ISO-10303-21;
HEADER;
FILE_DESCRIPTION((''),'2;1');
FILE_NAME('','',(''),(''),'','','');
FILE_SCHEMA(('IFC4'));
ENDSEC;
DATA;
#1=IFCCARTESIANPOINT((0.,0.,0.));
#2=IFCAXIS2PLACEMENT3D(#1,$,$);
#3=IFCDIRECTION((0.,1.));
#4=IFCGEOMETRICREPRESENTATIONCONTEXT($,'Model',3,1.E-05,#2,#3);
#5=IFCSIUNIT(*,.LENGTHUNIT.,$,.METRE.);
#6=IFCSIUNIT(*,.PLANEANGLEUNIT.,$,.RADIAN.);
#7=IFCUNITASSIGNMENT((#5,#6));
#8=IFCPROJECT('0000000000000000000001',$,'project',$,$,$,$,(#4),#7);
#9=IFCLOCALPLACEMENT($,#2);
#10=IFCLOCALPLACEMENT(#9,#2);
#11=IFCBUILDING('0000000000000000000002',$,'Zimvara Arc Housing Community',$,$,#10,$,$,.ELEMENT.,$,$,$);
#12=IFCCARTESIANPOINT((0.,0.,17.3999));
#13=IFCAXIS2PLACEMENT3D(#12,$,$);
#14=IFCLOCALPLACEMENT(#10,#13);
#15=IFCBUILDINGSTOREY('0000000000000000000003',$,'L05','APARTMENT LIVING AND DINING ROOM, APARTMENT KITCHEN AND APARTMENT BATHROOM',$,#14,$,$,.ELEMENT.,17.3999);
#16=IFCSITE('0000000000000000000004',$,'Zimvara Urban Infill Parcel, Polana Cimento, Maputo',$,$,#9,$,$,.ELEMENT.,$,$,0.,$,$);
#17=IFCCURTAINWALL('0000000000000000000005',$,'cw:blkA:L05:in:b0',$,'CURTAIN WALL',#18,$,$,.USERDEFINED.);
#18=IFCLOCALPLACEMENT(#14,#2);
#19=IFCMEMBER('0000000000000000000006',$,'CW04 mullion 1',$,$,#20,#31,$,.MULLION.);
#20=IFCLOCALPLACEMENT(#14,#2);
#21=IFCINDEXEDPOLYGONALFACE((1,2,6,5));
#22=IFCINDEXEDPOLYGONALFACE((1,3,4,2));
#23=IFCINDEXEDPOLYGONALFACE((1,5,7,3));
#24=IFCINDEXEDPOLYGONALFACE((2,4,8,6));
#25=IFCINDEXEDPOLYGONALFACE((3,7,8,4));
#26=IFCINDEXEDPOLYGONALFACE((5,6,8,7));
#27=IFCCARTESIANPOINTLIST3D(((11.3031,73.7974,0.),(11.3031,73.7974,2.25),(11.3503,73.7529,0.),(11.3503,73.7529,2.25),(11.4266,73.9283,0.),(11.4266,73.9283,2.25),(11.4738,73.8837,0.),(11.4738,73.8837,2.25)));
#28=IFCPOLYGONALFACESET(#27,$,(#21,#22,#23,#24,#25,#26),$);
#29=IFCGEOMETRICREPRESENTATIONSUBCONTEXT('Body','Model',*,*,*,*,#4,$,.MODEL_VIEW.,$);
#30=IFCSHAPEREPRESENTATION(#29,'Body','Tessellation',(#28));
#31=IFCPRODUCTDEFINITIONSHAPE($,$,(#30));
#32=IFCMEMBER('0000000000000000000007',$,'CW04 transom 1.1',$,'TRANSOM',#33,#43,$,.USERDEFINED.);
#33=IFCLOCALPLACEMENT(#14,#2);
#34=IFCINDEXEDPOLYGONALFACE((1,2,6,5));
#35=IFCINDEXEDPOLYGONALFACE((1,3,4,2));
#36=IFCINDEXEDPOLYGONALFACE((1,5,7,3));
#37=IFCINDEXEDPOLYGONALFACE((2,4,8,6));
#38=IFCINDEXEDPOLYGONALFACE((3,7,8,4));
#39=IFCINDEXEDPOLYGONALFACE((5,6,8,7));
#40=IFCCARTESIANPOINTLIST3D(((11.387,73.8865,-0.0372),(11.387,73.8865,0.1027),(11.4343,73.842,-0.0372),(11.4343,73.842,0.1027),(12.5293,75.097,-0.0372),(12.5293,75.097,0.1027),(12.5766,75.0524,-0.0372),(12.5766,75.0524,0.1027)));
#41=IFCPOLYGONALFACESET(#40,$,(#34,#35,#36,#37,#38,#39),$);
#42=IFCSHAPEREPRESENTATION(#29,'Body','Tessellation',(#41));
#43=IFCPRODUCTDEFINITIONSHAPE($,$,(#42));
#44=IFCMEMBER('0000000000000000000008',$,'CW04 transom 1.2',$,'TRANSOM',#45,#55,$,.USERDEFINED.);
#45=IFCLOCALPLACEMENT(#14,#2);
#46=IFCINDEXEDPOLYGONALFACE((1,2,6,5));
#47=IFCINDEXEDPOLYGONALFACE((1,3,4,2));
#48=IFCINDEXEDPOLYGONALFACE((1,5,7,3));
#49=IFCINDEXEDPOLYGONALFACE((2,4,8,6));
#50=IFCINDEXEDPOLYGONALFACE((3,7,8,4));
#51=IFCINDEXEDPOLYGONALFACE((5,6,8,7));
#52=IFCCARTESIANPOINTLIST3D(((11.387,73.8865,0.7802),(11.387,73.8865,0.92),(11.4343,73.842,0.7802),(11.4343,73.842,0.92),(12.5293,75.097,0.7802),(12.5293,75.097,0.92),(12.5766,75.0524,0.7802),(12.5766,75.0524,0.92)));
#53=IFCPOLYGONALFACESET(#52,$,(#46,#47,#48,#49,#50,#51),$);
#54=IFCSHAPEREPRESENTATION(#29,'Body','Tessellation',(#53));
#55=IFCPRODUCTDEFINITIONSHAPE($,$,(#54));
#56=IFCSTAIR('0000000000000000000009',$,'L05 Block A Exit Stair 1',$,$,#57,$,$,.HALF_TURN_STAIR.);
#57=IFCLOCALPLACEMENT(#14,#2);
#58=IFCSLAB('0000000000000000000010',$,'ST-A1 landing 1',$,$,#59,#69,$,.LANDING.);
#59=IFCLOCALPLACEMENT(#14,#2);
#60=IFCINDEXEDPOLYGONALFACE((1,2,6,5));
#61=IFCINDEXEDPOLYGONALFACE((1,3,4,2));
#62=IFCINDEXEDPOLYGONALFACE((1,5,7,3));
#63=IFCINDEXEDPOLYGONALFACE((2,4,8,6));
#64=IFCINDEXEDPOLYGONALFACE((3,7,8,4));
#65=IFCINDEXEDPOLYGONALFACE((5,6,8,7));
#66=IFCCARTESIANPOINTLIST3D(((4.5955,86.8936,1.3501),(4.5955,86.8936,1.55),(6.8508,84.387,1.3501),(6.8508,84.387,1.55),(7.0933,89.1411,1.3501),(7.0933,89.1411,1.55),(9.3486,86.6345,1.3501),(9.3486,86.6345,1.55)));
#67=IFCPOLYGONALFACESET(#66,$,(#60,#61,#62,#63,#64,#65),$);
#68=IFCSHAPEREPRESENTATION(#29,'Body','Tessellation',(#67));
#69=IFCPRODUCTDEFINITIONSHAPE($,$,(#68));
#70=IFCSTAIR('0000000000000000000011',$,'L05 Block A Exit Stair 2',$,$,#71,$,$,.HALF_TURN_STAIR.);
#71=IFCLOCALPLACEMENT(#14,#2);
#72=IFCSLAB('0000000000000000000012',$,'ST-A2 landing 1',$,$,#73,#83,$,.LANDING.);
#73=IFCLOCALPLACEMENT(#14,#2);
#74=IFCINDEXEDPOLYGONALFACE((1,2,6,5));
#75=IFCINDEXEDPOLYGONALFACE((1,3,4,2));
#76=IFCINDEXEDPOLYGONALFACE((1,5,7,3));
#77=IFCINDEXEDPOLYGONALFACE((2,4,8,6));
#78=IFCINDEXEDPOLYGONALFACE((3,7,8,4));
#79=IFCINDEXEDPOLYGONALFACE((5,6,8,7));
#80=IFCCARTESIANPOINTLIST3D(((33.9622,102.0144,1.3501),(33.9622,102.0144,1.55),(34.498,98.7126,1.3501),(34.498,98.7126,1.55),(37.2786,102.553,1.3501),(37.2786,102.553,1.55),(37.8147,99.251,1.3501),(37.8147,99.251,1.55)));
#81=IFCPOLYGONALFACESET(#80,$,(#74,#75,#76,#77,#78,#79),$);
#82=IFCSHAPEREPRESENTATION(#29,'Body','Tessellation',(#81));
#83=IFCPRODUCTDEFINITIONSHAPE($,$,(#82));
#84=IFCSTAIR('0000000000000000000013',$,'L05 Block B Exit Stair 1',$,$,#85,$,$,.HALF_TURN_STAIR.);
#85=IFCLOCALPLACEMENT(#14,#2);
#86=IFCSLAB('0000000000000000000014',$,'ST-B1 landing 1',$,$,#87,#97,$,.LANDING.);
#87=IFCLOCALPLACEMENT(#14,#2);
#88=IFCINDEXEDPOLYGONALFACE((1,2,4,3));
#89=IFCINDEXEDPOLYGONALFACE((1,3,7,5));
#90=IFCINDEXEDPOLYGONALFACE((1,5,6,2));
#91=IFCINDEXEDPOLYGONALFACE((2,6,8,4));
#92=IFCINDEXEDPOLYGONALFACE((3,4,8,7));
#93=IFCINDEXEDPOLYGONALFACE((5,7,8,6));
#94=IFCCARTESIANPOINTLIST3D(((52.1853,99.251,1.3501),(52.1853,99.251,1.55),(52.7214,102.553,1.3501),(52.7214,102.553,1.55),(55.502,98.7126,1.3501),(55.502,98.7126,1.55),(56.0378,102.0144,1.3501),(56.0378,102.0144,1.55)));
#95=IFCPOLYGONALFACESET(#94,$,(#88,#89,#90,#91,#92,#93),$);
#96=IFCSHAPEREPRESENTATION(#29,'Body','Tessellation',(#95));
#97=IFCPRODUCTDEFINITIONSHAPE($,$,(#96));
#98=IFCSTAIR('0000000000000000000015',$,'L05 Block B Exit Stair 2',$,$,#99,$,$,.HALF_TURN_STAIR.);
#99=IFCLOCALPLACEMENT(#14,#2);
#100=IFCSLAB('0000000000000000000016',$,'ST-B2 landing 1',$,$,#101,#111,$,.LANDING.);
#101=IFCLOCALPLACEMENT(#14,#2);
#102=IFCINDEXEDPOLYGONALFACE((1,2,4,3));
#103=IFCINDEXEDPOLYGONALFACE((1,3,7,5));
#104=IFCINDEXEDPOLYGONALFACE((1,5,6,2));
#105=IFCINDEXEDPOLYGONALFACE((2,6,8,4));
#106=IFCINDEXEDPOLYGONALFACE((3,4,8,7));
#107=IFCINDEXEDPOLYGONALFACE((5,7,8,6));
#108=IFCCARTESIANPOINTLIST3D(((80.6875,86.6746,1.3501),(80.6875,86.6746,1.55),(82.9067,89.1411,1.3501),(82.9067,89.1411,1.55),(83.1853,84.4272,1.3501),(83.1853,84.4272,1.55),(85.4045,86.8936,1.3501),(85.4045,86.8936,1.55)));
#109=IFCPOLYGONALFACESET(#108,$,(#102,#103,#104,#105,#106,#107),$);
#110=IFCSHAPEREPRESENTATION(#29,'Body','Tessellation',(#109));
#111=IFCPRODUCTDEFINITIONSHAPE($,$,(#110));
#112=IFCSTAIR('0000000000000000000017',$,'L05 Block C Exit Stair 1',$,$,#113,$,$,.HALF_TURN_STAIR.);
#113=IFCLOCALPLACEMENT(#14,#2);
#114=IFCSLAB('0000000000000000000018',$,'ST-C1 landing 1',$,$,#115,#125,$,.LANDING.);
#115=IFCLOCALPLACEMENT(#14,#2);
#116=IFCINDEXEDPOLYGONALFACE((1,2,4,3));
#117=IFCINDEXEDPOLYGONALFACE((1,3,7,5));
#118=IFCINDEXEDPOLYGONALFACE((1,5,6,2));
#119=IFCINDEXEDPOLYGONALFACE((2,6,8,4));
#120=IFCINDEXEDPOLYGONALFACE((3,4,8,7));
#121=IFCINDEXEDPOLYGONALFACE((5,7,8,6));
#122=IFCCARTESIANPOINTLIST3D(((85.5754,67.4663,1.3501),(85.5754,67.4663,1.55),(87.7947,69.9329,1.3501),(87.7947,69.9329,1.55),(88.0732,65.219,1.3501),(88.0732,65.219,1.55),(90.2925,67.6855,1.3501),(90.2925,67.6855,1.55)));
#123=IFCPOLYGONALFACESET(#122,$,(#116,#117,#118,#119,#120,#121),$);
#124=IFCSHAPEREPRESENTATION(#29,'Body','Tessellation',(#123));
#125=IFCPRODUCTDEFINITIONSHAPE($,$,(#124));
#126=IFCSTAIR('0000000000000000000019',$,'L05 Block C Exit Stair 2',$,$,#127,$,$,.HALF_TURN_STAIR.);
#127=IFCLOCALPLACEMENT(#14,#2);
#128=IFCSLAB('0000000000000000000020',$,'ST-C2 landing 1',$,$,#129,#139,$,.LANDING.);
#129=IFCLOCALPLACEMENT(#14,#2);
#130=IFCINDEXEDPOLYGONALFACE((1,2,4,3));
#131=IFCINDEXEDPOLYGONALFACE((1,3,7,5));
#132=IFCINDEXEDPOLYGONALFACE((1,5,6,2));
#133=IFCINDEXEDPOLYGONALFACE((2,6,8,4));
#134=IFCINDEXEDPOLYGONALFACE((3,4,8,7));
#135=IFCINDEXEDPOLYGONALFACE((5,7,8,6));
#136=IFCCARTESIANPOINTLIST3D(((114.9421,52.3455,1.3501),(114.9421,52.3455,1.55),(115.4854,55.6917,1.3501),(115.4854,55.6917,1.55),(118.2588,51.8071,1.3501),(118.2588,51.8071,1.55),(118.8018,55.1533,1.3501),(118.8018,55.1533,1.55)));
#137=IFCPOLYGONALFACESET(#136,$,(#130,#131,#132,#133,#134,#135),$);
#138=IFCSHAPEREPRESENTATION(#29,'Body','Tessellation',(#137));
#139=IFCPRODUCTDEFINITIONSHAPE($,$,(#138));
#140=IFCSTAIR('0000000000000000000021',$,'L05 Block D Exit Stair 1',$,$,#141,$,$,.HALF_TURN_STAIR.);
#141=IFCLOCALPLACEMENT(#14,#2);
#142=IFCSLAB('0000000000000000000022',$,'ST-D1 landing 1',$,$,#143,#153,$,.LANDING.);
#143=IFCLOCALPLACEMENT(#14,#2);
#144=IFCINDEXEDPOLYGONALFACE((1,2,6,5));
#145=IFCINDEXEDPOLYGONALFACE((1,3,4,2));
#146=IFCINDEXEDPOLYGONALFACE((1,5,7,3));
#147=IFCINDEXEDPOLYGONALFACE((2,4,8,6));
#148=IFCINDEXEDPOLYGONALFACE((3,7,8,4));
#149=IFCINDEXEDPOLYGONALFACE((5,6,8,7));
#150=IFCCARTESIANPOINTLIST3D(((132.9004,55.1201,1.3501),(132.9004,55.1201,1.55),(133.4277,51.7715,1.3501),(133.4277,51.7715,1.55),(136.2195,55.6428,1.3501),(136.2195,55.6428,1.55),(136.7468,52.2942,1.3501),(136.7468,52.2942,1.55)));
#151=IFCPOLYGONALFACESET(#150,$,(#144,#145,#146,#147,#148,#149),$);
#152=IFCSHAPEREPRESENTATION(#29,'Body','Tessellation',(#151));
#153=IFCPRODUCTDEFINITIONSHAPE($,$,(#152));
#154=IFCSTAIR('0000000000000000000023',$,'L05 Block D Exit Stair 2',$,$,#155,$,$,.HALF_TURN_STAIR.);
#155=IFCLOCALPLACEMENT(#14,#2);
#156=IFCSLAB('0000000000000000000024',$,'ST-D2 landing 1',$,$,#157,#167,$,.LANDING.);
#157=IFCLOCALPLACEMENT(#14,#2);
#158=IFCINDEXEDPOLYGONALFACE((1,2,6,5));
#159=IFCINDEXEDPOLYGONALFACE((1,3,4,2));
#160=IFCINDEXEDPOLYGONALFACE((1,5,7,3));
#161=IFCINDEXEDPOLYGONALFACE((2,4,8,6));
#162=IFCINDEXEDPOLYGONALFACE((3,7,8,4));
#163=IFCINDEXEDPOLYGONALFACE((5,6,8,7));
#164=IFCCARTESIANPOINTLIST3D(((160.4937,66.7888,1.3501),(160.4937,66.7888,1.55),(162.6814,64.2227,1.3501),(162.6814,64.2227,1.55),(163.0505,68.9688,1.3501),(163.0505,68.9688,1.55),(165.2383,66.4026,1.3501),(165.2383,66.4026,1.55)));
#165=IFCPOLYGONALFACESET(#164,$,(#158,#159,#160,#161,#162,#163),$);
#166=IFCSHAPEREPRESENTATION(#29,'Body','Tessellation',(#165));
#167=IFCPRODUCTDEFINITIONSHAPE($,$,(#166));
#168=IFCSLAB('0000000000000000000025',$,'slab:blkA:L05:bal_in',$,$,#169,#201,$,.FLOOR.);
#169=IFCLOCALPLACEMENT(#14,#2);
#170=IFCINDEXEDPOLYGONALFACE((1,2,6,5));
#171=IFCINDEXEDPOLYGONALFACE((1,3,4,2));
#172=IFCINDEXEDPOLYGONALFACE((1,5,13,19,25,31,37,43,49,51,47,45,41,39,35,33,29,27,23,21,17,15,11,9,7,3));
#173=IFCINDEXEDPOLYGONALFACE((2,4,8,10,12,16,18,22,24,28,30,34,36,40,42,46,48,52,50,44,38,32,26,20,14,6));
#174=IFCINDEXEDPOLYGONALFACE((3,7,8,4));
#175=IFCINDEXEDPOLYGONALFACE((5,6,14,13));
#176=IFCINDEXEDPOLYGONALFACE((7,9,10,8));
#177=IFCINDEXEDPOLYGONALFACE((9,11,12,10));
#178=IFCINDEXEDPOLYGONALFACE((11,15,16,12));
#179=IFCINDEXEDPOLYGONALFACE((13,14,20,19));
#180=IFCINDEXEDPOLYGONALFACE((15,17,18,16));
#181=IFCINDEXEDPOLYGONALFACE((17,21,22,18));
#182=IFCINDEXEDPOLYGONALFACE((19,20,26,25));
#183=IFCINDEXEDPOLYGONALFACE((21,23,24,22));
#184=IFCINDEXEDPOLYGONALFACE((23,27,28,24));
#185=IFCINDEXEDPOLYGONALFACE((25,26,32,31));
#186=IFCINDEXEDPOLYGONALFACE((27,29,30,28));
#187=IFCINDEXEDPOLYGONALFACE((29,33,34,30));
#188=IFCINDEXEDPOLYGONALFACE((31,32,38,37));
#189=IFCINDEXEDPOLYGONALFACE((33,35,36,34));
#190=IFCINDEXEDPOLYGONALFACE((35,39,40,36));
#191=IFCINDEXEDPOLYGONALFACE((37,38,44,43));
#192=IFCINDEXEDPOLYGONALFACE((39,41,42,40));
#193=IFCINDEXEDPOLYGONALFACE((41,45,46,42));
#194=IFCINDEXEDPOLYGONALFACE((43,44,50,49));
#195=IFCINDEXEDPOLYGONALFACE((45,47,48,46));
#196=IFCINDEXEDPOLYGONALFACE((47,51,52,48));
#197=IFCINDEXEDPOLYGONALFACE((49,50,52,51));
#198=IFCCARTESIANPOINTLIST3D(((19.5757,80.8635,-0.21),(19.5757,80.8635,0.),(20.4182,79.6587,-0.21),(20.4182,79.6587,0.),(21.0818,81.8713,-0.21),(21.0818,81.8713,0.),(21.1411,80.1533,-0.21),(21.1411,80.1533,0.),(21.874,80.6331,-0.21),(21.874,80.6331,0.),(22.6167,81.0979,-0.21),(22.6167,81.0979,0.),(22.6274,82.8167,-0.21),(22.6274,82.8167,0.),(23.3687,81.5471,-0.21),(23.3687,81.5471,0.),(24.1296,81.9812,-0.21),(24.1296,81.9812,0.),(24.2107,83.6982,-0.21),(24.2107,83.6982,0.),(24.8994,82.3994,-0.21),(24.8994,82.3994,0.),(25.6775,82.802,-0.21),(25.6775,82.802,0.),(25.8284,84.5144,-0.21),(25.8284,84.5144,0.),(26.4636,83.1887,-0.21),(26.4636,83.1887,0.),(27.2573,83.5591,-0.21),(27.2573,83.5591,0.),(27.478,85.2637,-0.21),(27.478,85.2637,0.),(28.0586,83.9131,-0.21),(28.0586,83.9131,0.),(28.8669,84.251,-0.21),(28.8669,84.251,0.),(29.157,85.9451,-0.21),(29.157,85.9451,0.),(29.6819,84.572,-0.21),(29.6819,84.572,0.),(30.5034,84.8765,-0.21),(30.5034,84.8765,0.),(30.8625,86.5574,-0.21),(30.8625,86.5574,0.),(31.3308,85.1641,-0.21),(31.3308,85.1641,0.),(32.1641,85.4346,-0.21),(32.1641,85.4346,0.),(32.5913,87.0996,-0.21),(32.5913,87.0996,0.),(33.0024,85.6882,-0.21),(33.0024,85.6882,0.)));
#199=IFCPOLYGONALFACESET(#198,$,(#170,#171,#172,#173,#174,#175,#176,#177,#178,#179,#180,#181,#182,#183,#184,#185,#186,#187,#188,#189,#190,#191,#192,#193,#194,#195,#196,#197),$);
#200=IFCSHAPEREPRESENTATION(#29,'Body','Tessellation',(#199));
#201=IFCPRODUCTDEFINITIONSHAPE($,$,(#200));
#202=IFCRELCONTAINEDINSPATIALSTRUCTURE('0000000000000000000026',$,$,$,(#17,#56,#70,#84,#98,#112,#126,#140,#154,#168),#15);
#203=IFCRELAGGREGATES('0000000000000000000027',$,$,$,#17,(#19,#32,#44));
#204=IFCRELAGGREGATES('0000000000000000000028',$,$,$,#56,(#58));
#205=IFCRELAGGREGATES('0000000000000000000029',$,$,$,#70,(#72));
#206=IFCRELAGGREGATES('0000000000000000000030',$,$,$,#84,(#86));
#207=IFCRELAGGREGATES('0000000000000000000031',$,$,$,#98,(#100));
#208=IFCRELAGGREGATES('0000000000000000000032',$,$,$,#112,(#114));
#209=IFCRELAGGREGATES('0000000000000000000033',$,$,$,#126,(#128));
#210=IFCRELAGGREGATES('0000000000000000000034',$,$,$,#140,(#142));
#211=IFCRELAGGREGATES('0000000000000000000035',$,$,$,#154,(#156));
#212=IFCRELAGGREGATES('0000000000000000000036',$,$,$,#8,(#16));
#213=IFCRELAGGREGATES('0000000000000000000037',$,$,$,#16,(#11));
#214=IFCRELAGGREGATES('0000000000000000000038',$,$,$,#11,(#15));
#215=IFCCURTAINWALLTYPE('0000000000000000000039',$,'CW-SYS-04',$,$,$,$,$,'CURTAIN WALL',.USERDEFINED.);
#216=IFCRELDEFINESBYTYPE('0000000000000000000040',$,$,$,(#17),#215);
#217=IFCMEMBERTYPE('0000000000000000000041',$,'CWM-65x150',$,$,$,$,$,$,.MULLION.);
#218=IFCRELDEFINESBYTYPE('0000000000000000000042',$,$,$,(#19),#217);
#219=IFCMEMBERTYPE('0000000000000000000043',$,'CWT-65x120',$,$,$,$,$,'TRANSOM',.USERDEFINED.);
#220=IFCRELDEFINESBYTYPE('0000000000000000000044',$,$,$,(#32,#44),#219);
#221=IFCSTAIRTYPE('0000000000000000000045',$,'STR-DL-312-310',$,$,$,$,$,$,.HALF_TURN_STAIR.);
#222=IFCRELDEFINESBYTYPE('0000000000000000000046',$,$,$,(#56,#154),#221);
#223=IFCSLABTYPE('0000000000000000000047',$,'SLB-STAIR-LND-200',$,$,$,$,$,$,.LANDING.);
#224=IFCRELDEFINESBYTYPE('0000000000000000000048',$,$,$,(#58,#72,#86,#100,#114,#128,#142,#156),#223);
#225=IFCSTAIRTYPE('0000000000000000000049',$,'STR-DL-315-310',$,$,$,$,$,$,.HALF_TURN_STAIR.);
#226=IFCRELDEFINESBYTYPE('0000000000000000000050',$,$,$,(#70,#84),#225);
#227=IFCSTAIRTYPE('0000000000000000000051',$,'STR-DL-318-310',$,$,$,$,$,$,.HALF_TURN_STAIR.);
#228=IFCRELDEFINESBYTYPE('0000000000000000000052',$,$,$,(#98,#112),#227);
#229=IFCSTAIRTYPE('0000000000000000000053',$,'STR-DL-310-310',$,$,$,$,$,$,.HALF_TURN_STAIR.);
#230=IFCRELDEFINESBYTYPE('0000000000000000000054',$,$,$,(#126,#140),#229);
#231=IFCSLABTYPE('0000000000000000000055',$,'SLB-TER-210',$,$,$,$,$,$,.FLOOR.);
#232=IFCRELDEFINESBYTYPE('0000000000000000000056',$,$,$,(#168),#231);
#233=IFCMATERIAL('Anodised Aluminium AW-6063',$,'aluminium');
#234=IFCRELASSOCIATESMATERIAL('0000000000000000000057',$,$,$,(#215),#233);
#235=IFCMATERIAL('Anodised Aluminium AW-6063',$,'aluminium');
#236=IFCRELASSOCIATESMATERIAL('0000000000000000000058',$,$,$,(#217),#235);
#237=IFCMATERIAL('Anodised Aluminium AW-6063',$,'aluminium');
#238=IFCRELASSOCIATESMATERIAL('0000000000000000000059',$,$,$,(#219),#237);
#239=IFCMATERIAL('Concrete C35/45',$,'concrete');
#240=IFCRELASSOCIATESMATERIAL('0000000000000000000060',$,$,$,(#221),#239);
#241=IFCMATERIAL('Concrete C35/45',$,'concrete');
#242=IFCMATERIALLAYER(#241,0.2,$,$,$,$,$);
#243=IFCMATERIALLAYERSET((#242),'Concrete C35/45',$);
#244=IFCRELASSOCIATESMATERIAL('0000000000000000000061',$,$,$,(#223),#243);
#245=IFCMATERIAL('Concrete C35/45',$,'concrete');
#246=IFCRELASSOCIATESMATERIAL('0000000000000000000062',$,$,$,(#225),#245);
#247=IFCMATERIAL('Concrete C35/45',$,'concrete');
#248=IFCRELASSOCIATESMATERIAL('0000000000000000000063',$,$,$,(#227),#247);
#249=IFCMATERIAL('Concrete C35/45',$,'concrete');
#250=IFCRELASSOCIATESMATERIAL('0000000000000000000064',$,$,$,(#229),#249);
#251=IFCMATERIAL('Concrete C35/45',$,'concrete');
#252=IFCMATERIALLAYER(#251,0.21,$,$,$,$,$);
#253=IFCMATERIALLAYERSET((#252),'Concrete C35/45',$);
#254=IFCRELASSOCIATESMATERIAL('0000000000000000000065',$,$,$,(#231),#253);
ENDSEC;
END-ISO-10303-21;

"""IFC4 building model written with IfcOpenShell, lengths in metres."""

from ifc_helpers import new_model, si_unit, direction, frame, origin, origin_2d, place, context, subcontext, project, spatial, polyline, rectangle, outline, extrude, material, layer, layer_set, material_profile, profile_set, type_object, element, aggregate, save


model = new_model("IFC4")

# Units and contexts
model_context = context("Model", 3, precision=1e-05, world=origin(), true_north=direction((0.0, 1.0)))
body_context = subcontext(model_context, "Body", "Model", "MODEL_VIEW")
ifc_project = project(units=[si_unit("LENGTHUNIT", "METRE"), si_unit("PLANEANGLEUNIT", "RADIAN")], contexts=[model_context])

# Site, building, storey
site_placement = place(None, origin())
site = spatial("IfcSite", under=ifc_project, at=site_placement, Name="Zimvara Urban Infill Parcel, Polana Cimento, Maputo", CompositionType="ELEMENT", RefElevation=0.0)
building_placement = place(site_placement, origin())
building = spatial("IfcBuilding", under=site, at=building_placement, Name="Zimvara Arc Housing Community", CompositionType="ELEMENT")
storey_placement = place(building_placement, frame((0.0, 0.0, 17.3999)))
storey = spatial("IfcBuildingStorey", under=building, at=storey_placement, Name="L05", Description="APARTMENT LIVING AND DINING ROOM, APARTMENT KITCHEN AND APARTMENT BATHROOM", CompositionType="ELEMENT", Elevation=17.3999)

# Curtain wall, members
ifc_material_1 = material(Name="Anodised Aluminium AW-6063", Category="aluminium")
curtain_wall_type = type_object("IfcCurtainWallType", Name="CW-SYS-04", ElementType="CURTAIN WALL", PredefinedType="USERDEFINED", material=ifc_material_1)
curtain_wall_placement = place(storey_placement, origin())
curtain_wall = element("IfcCurtainWall", 1, at=curtain_wall_placement, inside=storey, type_object=curtain_wall_type, Name="cw:blkA:L05:in:b0", ObjectType="CURTAIN WALL", PredefinedType="USERDEFINED")
ifc_material_2 = material(Name="Anodised Aluminium AW-6063", Category="aluminium")
ifc_material_profile_1 = material_profile(ifc_material_2, rectangle(XDim=0.0649, YDim=0.1799, at=origin_2d()), Name="ALU 65x180")
ifc_profile_set_1 = profile_set([ifc_material_profile_1], Name="Anodised Aluminium AW-6063")
member_type_1 = type_object("IfcMemberType", Name="CWM-65x150", PredefinedType="MULLION", material=ifc_profile_set_1)
member_1_placement = place(storey_placement, frame((11.3884, 73.8406, 0.0), z_axis=(0.0, 0.0, 1.0), x_axis=(-0.727293, 0.686327, 0.0)))
member_1 = element("IfcMember", 2, at=member_1_placement, type_object=member_type_1, Name="CW04 mullion 1", PredefinedType="MULLION", context=body_context, shape_type="SweptSolid", body=[
    extrude(rectangle(XDim=0.0649, YDim=0.1799, at=origin_2d()), origin(), (0.0, 0.0, 1.0), 2.25),
])
ifc_material_3 = material(Name="Anodised Aluminium AW-6063", Category="aluminium")
ifc_material_profile_2 = material_profile(ifc_material_3, rectangle(XDim=0.0649, YDim=0.1399, at=origin_2d()), Name="ALU 65x140")
ifc_profile_set_2 = profile_set([ifc_material_profile_2], Name="Anodised Aluminium AW-6063")
member_type_2 = type_object("IfcMemberType", Name="CWT-65x120", ElementType="TRANSOM", PredefinedType="USERDEFINED", material=ifc_profile_set_2)
member_2_placement = place(storey_placement, frame((11.4106, 73.8643, 0.0327), z_axis=(0.686348, 0.727273, 0.0), x_axis=(-0.727273, 0.686348, 0.0)))
member_2 = element("IfcMember", 3, at=member_2_placement, type_object=member_type_2, Name="CW04 transom 1.1", ObjectType="TRANSOM", PredefinedType="USERDEFINED", context=body_context, shape_type="SweptSolid", body=[
    extrude(rectangle(XDim=0.0649, YDim=0.1399, at=origin_2d()), origin(), (0.0, 0.0, 1.0), 1.6643),
])
member_3_placement = place(storey_placement, frame((11.4106, 73.8643, 0.8501), z_axis=(0.686348, 0.727273, 0.0), x_axis=(-0.727273, 0.686348, 0.0)))
member_3 = element("IfcMember", 4, at=member_3_placement, type_object=member_type_2, Name="CW04 transom 1.2", ObjectType="TRANSOM", PredefinedType="USERDEFINED", context=body_context, shape_type="SweptSolid", body=[
    extrude(rectangle(XDim=0.0649, YDim=0.1399, at=origin_2d()), origin(), (0.0, 0.0, 1.0), 1.6643),
])
aggregate(curtain_wall, [member_1, member_2, member_3])

# Stairs, slabs
ifc_material_4 = material(Name="Concrete C35/45", Category="concrete")
stair_type_1 = type_object("IfcStairType", Name="STR-DL-312-310", PredefinedType="HALF_TURN_STAIR", material=ifc_material_4)
stair_1_placement = place(storey_placement, origin())
stair_1 = element("IfcStair", 5, at=stair_1_placement, inside=storey, type_object=stair_type_1, Name="L05 Block A Exit Stair 1", PredefinedType="HALF_TURN_STAIR")
ifc_material_5 = material(Name="Concrete C35/45", Category="concrete")
ifc_layer_1 = layer(ifc_material_5, 0.2)
ifc_layer_set_1 = layer_set([ifc_layer_1], Name="Concrete C35/45")
slab_type_1 = type_object("IfcSlabType", Name="SLB-STAIR-LND-200", PredefinedType="LANDING", material=ifc_layer_set_1)
slab_1_placement = place(storey_placement, frame((0.0, 0.0, 1.3501)))
slab_1 = element("IfcSlab", 6, at=slab_1_placement, type_object=slab_type_1, Name="ST-A1 landing 1", PredefinedType="LANDING", context=body_context, shape_type="SweptSolid", body=[
    extrude(outline(polyline([(9.3486, 86.6345), (7.0933, 89.1411), (4.5955, 86.8936), (6.8508, 84.387), (9.3486, 86.6345)])), origin(), (0.0, 0.0, 1.0), 0.2),
])
aggregate(stair_1, [slab_1])
ifc_material_6 = material(Name="Concrete C35/45", Category="concrete")
stair_type_2 = type_object("IfcStairType", Name="STR-DL-315-310", PredefinedType="HALF_TURN_STAIR", material=ifc_material_6)
stair_2_placement = place(storey_placement, origin())
stair_2 = element("IfcStair", 7, at=stair_2_placement, inside=storey, type_object=stair_type_2, Name="L05 Block A Exit Stair 2", PredefinedType="HALF_TURN_STAIR")
slab_2_placement = place(storey_placement, frame((0.0, 0.0, 1.3501)))
slab_2 = element("IfcSlab", 8, at=slab_2_placement, type_object=slab_type_1, Name="ST-A2 landing 1", PredefinedType="LANDING", context=body_context, shape_type="SweptSolid", body=[
    extrude(outline(polyline([(37.8147, 99.251), (37.2786, 102.553), (33.9622, 102.0144), (34.498, 98.7126), (37.8147, 99.251)])), origin(), (0.0, 0.0, 1.0), 0.2),
])
aggregate(stair_2, [slab_2])
stair_3_placement = place(storey_placement, origin())
stair_3 = element("IfcStair", 9, at=stair_3_placement, inside=storey, type_object=stair_type_2, Name="L05 Block B Exit Stair 1", PredefinedType="HALF_TURN_STAIR")
slab_3_placement = place(storey_placement, frame((0.0, 0.0, 1.3501)))
slab_3 = element("IfcSlab", 10, at=slab_3_placement, type_object=slab_type_1, Name="ST-B1 landing 1", PredefinedType="LANDING", context=body_context, shape_type="SweptSolid", body=[
    extrude(outline(polyline([(55.502, 98.7126), (56.0378, 102.0144), (52.7214, 102.553), (52.1853, 99.251), (55.502, 98.7126)])), origin(), (0.0, 0.0, 1.0), 0.2),
])
aggregate(stair_3, [slab_3])
ifc_material_7 = material(Name="Concrete C35/45", Category="concrete")
stair_type_3 = type_object("IfcStairType", Name="STR-DL-318-310", PredefinedType="HALF_TURN_STAIR", material=ifc_material_7)
stair_4_placement = place(storey_placement, origin())
stair_4 = element("IfcStair", 11, at=stair_4_placement, inside=storey, type_object=stair_type_3, Name="L05 Block B Exit Stair 2", PredefinedType="HALF_TURN_STAIR")
slab_4_placement = place(storey_placement, frame((0.0, 0.0, 1.3501)))
slab_4 = element("IfcSlab", 12, at=slab_4_placement, type_object=slab_type_1, Name="ST-B2 landing 1", PredefinedType="LANDING", context=body_context, shape_type="SweptSolid", body=[
    extrude(outline(polyline([(83.1853, 84.4272), (85.4045, 86.8936), (82.9067, 89.1411), (80.6875, 86.6746), (83.1853, 84.4272)])), origin(), (0.0, 0.0, 1.0), 0.2),
])
aggregate(stair_4, [slab_4])
stair_5_placement = place(storey_placement, origin())
stair_5 = element("IfcStair", 13, at=stair_5_placement, inside=storey, type_object=stair_type_3, Name="L05 Block C Exit Stair 1", PredefinedType="HALF_TURN_STAIR")
slab_5_placement = place(storey_placement, frame((0.0, 0.0, 1.3501)))
slab_5 = element("IfcSlab", 14, at=slab_5_placement, type_object=slab_type_1, Name="ST-C1 landing 1", PredefinedType="LANDING", context=body_context, shape_type="SweptSolid", body=[
    extrude(outline(polyline([(87.7947, 69.9329), (85.5754, 67.4663), (88.0732, 65.219), (90.2925, 67.6855), (87.7947, 69.9329)])), origin(), (0.0, 0.0, 1.0), 0.2),
])
aggregate(stair_5, [slab_5])
ifc_material_8 = material(Name="Concrete C35/45", Category="concrete")
stair_type_4 = type_object("IfcStairType", Name="STR-DL-310-310", PredefinedType="HALF_TURN_STAIR", material=ifc_material_8)
stair_6_placement = place(storey_placement, origin())
stair_6 = element("IfcStair", 15, at=stair_6_placement, inside=storey, type_object=stair_type_4, Name="L05 Block C Exit Stair 2", PredefinedType="HALF_TURN_STAIR")
slab_6_placement = place(storey_placement, frame((0.0, 0.0, 1.3501)))
slab_6 = element("IfcSlab", 16, at=slab_6_placement, type_object=slab_type_1, Name="ST-C2 landing 1", PredefinedType="LANDING", context=body_context, shape_type="SweptSolid", body=[
    extrude(outline(polyline([(115.4854, 55.6917), (114.9421, 52.3455), (118.2588, 51.8071), (118.8018, 55.1533), (115.4854, 55.6917)])), origin(), (0.0, 0.0, 1.0), 0.2),
])
aggregate(stair_6, [slab_6])
stair_7_placement = place(storey_placement, origin())
stair_7 = element("IfcStair", 17, at=stair_7_placement, inside=storey, type_object=stair_type_4, Name="L05 Block D Exit Stair 1", PredefinedType="HALF_TURN_STAIR")
slab_7_placement = place(storey_placement, frame((0.0, 0.0, 1.3501)))
slab_7 = element("IfcSlab", 18, at=slab_7_placement, type_object=slab_type_1, Name="ST-D1 landing 1", PredefinedType="LANDING", context=body_context, shape_type="SweptSolid", body=[
    extrude(outline(polyline([(132.9004, 55.1201), (133.4277, 51.7715), (136.7468, 52.2942), (136.2195, 55.6428), (132.9004, 55.1201)])), origin(), (0.0, 0.0, 1.0), 0.2),
])
aggregate(stair_7, [slab_7])
stair_8_placement = place(storey_placement, origin())
stair_8 = element("IfcStair", 19, at=stair_8_placement, inside=storey, type_object=stair_type_1, Name="L05 Block D Exit Stair 2", PredefinedType="HALF_TURN_STAIR")
slab_8_placement = place(storey_placement, frame((0.0, 0.0, 1.3501)))
slab_8 = element("IfcSlab", 20, at=slab_8_placement, type_object=slab_type_1, Name="ST-D2 landing 1", PredefinedType="LANDING", context=body_context, shape_type="SweptSolid", body=[
    extrude(outline(polyline([(160.4937, 66.7888), (162.6814, 64.2227), (165.2383, 66.4026), (163.0505, 68.9688), (160.4937, 66.7888)])), origin(), (0.0, 0.0, 1.0), 0.2),
])
aggregate(stair_8, [slab_8])

# Slab
ifc_material_9 = material(Name="Concrete C35/45", Category="concrete")
ifc_layer_2 = layer(ifc_material_9, 0.21)
ifc_layer_set_2 = layer_set([ifc_layer_2], Name="Concrete C35/45")
slab_type_2 = type_object("IfcSlabType", Name="SLB-TER-210", PredefinedType="FLOOR", material=ifc_layer_set_2)
slab_9_placement = place(storey_placement, frame((0.0, 0.0, -0.21)))
element("IfcSlab", 21, at=slab_9_placement, inside=storey, type_object=slab_type_2, Name="slab:blkA:L05:bal_in", PredefinedType="FLOOR", context=body_context, shape_type="SweptSolid", body=[
    extrude(outline(polyline([(32.5913, 87.0996), (30.8625, 86.5574), (29.157, 85.9451), (27.478, 85.2637), (25.8284, 84.5144), (24.2107, 83.6982), (22.6274, 82.8167), (21.0818, 81.8713), (19.5757, 80.8635), (20.4182, 79.6587), (21.1411, 80.1533), (21.874, 80.6331), (22.6167, 81.0979), (23.3687, 81.5471), (24.1296, 81.9812), (24.8994, 82.3994), (25.6775, 82.802), (26.4636, 83.1887), (27.2573, 83.5591), (28.0586, 83.9131), (28.8669, 84.251), (29.6819, 84.572), (30.5034, 84.8765), (31.3308, 85.1641), (32.1641, 85.4346), (33.0024, 85.6882), (32.5913, 87.0996)])), origin(), (0.0, 0.0, 1.0), 0.21),
])

save(model, "model.ifc")
